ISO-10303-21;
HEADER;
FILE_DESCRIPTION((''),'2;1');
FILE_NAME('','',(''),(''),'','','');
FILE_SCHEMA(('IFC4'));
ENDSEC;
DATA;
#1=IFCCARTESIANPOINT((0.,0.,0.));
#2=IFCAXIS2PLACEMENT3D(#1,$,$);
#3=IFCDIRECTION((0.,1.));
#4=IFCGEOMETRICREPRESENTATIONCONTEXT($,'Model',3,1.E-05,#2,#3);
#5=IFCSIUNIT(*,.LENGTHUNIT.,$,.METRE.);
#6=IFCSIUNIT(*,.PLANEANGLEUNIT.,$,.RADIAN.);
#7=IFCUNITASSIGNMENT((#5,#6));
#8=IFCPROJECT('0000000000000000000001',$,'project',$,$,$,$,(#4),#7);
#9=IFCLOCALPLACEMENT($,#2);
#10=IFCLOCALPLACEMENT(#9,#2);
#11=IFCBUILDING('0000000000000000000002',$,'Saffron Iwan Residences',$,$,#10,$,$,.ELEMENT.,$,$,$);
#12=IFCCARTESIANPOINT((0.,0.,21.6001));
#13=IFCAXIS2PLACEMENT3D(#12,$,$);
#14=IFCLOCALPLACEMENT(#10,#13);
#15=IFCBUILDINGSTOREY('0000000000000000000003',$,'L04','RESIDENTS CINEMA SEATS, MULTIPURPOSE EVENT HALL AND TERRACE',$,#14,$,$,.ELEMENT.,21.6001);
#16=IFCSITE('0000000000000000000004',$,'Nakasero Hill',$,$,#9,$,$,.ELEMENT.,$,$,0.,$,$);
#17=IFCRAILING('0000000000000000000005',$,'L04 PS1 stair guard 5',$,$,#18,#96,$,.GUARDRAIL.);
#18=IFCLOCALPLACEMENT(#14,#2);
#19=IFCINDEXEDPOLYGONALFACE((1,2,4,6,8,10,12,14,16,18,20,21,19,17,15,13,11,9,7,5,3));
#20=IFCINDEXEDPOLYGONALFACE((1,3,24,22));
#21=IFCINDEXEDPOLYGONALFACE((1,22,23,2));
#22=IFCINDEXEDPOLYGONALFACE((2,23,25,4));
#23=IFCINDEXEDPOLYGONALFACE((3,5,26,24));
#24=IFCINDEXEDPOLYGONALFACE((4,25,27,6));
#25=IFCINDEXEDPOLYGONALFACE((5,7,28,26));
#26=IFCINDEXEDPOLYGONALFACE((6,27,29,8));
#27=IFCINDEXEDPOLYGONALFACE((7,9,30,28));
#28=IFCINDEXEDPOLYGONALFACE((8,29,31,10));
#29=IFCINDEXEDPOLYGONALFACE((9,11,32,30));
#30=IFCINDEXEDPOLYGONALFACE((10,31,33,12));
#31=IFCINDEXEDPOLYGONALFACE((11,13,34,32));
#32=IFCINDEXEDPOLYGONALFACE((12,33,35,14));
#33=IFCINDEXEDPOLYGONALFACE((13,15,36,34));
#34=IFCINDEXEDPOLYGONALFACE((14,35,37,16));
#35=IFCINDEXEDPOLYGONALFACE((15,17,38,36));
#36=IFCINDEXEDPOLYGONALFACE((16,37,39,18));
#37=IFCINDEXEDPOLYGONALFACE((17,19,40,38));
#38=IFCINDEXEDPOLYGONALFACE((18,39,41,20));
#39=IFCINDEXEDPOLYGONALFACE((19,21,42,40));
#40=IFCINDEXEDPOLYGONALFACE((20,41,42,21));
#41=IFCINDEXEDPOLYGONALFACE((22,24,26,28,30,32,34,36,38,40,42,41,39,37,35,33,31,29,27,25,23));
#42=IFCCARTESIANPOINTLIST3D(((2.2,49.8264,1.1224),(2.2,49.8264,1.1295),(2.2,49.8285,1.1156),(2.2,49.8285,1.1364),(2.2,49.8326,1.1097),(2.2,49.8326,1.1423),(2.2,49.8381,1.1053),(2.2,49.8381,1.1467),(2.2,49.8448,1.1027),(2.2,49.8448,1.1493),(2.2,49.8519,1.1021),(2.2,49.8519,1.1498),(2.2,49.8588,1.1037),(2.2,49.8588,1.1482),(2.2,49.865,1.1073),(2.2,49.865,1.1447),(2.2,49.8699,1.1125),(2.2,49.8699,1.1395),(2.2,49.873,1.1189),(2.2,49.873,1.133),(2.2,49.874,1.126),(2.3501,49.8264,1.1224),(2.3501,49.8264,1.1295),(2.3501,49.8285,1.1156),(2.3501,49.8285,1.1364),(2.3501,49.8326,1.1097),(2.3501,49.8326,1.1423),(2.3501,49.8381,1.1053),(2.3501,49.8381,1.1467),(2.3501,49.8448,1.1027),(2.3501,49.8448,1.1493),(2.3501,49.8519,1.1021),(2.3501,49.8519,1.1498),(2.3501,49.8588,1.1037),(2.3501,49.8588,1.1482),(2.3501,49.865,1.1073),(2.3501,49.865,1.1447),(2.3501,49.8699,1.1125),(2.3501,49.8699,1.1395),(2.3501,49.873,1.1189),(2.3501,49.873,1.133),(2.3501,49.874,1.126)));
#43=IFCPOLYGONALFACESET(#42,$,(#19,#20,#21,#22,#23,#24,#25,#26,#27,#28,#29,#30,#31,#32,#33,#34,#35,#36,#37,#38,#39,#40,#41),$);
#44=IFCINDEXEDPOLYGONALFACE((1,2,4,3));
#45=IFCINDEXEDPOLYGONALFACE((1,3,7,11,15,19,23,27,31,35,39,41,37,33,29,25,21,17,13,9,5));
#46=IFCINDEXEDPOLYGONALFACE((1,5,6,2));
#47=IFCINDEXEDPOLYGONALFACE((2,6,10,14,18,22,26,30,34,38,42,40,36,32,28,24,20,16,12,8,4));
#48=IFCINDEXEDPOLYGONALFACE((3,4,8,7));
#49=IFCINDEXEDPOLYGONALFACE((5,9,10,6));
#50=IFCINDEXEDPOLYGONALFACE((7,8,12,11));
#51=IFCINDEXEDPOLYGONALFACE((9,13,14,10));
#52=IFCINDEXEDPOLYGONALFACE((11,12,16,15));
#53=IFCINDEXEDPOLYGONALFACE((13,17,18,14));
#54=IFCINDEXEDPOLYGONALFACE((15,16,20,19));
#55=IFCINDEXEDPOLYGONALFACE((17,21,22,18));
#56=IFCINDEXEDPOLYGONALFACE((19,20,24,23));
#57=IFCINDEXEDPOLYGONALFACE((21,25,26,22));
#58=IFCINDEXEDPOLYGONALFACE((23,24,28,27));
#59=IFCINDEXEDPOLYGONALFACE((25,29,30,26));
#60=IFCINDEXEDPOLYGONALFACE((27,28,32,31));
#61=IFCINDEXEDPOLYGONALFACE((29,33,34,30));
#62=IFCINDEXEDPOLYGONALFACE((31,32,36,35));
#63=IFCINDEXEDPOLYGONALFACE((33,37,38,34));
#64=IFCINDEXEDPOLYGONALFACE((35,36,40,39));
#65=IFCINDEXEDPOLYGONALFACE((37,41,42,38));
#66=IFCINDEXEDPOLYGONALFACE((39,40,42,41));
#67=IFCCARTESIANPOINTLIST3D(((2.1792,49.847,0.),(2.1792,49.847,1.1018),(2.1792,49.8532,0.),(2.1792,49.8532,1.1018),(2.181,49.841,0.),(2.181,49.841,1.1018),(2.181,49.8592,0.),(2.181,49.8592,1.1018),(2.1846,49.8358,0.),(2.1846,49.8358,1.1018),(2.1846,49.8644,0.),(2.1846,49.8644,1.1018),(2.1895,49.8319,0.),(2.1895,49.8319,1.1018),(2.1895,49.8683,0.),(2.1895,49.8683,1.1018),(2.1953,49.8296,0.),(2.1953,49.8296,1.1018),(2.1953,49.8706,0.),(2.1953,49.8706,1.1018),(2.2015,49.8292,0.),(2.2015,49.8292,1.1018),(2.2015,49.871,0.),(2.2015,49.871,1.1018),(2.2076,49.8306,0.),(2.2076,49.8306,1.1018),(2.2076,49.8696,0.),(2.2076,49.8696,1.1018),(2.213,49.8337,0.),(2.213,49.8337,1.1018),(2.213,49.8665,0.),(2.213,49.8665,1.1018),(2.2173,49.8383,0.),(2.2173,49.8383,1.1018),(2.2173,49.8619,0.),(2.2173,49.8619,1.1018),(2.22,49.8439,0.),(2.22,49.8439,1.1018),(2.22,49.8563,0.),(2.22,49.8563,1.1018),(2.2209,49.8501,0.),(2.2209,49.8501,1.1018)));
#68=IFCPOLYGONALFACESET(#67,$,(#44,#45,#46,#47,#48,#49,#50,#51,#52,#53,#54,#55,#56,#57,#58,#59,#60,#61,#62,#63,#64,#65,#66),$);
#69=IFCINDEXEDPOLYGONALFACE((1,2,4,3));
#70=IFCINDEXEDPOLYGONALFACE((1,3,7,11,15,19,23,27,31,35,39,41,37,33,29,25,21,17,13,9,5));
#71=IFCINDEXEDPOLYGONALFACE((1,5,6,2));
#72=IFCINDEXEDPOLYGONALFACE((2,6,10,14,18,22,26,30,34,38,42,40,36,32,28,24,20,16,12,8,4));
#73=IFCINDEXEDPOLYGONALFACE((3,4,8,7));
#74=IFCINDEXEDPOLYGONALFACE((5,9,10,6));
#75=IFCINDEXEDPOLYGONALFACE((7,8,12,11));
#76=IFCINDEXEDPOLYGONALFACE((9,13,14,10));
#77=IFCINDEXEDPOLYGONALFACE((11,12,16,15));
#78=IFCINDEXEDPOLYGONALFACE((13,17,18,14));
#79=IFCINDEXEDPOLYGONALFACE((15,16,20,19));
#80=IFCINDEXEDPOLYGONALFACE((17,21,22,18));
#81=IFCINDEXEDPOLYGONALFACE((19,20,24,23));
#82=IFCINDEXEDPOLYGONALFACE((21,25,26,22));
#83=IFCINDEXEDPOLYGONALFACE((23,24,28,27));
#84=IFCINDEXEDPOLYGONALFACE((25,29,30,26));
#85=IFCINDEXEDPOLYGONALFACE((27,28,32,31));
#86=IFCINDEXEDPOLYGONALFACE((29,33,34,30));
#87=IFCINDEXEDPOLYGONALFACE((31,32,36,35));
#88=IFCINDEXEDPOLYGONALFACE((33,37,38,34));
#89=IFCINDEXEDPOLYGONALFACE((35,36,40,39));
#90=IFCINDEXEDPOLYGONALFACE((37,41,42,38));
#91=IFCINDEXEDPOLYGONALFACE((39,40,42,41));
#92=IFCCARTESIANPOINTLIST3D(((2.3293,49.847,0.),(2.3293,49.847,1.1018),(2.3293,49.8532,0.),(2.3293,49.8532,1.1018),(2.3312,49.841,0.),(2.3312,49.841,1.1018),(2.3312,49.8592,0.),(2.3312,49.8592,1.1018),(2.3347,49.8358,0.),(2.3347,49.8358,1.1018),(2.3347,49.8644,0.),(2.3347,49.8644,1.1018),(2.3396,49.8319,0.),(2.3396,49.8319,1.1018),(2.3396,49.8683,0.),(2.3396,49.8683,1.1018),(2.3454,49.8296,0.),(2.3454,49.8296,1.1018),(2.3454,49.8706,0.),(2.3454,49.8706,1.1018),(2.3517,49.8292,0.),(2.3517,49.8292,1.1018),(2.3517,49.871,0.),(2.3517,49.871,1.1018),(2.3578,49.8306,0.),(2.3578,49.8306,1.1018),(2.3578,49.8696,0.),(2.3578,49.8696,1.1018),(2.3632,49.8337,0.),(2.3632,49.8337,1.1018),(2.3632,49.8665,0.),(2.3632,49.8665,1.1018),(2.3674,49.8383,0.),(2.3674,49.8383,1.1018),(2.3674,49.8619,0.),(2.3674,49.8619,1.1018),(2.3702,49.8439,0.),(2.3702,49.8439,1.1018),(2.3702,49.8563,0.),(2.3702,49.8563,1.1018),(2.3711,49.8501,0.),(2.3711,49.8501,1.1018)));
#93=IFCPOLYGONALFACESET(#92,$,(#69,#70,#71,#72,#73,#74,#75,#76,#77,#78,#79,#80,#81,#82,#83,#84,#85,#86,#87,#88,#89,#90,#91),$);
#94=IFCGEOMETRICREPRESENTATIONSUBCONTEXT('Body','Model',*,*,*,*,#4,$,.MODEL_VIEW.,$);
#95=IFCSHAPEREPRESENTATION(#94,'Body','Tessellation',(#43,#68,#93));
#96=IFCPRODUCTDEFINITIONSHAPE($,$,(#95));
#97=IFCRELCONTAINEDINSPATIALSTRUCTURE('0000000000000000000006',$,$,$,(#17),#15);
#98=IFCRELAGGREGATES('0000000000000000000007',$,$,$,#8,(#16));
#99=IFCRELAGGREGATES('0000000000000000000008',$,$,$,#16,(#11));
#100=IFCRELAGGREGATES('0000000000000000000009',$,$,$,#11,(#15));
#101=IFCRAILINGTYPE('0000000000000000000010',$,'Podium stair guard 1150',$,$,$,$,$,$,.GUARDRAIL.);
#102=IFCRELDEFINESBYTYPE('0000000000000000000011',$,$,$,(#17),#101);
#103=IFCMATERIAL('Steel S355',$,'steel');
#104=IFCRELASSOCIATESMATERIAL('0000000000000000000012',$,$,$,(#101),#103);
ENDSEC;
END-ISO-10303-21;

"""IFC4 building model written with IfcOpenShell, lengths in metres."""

from ifc_helpers import new_model, si_unit, direction, frame, origin, origin_2d, place, context, subcontext, project, spatial, circle, extrude, material, type_object, element, save


model = new_model("IFC4")

# Units and contexts
model_context = context("Model", 3, precision=1e-05, world=origin(), true_north=direction((0.0, 1.0)))
body_context = subcontext(model_context, "Body", "Model", "MODEL_VIEW")
ifc_project = project(units=[si_unit("LENGTHUNIT", "METRE"), si_unit("PLANEANGLEUNIT", "RADIAN")], contexts=[model_context])

# Site, building, storey
site_placement = place(None, origin())
site = spatial("IfcSite", under=ifc_project, at=site_placement, Name="Nakasero Hill", CompositionType="ELEMENT", RefElevation=0.0)
building_placement = place(site_placement, origin())
building = spatial("IfcBuilding", under=site, at=building_placement, Name="Saffron Iwan Residences", CompositionType="ELEMENT")
storey_placement = place(building_placement, frame((0.0, 0.0, 21.6001)))
storey = spatial("IfcBuildingStorey", under=building, at=storey_placement, Name="L04", Description="RESIDENTS CINEMA SEATS, MULTIPURPOSE EVENT HALL AND TERRACE", CompositionType="ELEMENT", Elevation=21.6001)

# Railing
ifc_material_1 = material(Name="Steel S355", Category="steel")
railing_type_1 = type_object("IfcRailingType", Name="Podium stair guard 1150", PredefinedType="GUARDRAIL", material=ifc_material_1)
railing_1_placement = place(storey_placement, frame((2.2, 49.8501, 0.0)))
element("IfcRailing", 1, at=railing_1_placement, inside=storey, type_object=railing_type_1, Name="L04 PS1 stair guard 5", PredefinedType="GUARDRAIL", context=body_context, shape_type="SweptSolid", body=[
    extrude(circle(Radius=0.0239, at=origin_2d()), frame((0.0, 0.0, 1.126), z_axis=(1.0, 0.0, 0.0), x_axis=(0.0, 1.0, 0.0)), (0.0, 0.0, 1.0), 0.1501),
    extrude(circle(Radius=0.021, at=origin_2d()), origin(), (0.0, 0.0, 1.0), 1.1018),
    extrude(circle(Radius=0.021, at=origin_2d()), frame((0.1501, 0.0, 0.0)), (0.0, 0.0, 1.0), 1.1018),
])

save(model, "model.ifc")
